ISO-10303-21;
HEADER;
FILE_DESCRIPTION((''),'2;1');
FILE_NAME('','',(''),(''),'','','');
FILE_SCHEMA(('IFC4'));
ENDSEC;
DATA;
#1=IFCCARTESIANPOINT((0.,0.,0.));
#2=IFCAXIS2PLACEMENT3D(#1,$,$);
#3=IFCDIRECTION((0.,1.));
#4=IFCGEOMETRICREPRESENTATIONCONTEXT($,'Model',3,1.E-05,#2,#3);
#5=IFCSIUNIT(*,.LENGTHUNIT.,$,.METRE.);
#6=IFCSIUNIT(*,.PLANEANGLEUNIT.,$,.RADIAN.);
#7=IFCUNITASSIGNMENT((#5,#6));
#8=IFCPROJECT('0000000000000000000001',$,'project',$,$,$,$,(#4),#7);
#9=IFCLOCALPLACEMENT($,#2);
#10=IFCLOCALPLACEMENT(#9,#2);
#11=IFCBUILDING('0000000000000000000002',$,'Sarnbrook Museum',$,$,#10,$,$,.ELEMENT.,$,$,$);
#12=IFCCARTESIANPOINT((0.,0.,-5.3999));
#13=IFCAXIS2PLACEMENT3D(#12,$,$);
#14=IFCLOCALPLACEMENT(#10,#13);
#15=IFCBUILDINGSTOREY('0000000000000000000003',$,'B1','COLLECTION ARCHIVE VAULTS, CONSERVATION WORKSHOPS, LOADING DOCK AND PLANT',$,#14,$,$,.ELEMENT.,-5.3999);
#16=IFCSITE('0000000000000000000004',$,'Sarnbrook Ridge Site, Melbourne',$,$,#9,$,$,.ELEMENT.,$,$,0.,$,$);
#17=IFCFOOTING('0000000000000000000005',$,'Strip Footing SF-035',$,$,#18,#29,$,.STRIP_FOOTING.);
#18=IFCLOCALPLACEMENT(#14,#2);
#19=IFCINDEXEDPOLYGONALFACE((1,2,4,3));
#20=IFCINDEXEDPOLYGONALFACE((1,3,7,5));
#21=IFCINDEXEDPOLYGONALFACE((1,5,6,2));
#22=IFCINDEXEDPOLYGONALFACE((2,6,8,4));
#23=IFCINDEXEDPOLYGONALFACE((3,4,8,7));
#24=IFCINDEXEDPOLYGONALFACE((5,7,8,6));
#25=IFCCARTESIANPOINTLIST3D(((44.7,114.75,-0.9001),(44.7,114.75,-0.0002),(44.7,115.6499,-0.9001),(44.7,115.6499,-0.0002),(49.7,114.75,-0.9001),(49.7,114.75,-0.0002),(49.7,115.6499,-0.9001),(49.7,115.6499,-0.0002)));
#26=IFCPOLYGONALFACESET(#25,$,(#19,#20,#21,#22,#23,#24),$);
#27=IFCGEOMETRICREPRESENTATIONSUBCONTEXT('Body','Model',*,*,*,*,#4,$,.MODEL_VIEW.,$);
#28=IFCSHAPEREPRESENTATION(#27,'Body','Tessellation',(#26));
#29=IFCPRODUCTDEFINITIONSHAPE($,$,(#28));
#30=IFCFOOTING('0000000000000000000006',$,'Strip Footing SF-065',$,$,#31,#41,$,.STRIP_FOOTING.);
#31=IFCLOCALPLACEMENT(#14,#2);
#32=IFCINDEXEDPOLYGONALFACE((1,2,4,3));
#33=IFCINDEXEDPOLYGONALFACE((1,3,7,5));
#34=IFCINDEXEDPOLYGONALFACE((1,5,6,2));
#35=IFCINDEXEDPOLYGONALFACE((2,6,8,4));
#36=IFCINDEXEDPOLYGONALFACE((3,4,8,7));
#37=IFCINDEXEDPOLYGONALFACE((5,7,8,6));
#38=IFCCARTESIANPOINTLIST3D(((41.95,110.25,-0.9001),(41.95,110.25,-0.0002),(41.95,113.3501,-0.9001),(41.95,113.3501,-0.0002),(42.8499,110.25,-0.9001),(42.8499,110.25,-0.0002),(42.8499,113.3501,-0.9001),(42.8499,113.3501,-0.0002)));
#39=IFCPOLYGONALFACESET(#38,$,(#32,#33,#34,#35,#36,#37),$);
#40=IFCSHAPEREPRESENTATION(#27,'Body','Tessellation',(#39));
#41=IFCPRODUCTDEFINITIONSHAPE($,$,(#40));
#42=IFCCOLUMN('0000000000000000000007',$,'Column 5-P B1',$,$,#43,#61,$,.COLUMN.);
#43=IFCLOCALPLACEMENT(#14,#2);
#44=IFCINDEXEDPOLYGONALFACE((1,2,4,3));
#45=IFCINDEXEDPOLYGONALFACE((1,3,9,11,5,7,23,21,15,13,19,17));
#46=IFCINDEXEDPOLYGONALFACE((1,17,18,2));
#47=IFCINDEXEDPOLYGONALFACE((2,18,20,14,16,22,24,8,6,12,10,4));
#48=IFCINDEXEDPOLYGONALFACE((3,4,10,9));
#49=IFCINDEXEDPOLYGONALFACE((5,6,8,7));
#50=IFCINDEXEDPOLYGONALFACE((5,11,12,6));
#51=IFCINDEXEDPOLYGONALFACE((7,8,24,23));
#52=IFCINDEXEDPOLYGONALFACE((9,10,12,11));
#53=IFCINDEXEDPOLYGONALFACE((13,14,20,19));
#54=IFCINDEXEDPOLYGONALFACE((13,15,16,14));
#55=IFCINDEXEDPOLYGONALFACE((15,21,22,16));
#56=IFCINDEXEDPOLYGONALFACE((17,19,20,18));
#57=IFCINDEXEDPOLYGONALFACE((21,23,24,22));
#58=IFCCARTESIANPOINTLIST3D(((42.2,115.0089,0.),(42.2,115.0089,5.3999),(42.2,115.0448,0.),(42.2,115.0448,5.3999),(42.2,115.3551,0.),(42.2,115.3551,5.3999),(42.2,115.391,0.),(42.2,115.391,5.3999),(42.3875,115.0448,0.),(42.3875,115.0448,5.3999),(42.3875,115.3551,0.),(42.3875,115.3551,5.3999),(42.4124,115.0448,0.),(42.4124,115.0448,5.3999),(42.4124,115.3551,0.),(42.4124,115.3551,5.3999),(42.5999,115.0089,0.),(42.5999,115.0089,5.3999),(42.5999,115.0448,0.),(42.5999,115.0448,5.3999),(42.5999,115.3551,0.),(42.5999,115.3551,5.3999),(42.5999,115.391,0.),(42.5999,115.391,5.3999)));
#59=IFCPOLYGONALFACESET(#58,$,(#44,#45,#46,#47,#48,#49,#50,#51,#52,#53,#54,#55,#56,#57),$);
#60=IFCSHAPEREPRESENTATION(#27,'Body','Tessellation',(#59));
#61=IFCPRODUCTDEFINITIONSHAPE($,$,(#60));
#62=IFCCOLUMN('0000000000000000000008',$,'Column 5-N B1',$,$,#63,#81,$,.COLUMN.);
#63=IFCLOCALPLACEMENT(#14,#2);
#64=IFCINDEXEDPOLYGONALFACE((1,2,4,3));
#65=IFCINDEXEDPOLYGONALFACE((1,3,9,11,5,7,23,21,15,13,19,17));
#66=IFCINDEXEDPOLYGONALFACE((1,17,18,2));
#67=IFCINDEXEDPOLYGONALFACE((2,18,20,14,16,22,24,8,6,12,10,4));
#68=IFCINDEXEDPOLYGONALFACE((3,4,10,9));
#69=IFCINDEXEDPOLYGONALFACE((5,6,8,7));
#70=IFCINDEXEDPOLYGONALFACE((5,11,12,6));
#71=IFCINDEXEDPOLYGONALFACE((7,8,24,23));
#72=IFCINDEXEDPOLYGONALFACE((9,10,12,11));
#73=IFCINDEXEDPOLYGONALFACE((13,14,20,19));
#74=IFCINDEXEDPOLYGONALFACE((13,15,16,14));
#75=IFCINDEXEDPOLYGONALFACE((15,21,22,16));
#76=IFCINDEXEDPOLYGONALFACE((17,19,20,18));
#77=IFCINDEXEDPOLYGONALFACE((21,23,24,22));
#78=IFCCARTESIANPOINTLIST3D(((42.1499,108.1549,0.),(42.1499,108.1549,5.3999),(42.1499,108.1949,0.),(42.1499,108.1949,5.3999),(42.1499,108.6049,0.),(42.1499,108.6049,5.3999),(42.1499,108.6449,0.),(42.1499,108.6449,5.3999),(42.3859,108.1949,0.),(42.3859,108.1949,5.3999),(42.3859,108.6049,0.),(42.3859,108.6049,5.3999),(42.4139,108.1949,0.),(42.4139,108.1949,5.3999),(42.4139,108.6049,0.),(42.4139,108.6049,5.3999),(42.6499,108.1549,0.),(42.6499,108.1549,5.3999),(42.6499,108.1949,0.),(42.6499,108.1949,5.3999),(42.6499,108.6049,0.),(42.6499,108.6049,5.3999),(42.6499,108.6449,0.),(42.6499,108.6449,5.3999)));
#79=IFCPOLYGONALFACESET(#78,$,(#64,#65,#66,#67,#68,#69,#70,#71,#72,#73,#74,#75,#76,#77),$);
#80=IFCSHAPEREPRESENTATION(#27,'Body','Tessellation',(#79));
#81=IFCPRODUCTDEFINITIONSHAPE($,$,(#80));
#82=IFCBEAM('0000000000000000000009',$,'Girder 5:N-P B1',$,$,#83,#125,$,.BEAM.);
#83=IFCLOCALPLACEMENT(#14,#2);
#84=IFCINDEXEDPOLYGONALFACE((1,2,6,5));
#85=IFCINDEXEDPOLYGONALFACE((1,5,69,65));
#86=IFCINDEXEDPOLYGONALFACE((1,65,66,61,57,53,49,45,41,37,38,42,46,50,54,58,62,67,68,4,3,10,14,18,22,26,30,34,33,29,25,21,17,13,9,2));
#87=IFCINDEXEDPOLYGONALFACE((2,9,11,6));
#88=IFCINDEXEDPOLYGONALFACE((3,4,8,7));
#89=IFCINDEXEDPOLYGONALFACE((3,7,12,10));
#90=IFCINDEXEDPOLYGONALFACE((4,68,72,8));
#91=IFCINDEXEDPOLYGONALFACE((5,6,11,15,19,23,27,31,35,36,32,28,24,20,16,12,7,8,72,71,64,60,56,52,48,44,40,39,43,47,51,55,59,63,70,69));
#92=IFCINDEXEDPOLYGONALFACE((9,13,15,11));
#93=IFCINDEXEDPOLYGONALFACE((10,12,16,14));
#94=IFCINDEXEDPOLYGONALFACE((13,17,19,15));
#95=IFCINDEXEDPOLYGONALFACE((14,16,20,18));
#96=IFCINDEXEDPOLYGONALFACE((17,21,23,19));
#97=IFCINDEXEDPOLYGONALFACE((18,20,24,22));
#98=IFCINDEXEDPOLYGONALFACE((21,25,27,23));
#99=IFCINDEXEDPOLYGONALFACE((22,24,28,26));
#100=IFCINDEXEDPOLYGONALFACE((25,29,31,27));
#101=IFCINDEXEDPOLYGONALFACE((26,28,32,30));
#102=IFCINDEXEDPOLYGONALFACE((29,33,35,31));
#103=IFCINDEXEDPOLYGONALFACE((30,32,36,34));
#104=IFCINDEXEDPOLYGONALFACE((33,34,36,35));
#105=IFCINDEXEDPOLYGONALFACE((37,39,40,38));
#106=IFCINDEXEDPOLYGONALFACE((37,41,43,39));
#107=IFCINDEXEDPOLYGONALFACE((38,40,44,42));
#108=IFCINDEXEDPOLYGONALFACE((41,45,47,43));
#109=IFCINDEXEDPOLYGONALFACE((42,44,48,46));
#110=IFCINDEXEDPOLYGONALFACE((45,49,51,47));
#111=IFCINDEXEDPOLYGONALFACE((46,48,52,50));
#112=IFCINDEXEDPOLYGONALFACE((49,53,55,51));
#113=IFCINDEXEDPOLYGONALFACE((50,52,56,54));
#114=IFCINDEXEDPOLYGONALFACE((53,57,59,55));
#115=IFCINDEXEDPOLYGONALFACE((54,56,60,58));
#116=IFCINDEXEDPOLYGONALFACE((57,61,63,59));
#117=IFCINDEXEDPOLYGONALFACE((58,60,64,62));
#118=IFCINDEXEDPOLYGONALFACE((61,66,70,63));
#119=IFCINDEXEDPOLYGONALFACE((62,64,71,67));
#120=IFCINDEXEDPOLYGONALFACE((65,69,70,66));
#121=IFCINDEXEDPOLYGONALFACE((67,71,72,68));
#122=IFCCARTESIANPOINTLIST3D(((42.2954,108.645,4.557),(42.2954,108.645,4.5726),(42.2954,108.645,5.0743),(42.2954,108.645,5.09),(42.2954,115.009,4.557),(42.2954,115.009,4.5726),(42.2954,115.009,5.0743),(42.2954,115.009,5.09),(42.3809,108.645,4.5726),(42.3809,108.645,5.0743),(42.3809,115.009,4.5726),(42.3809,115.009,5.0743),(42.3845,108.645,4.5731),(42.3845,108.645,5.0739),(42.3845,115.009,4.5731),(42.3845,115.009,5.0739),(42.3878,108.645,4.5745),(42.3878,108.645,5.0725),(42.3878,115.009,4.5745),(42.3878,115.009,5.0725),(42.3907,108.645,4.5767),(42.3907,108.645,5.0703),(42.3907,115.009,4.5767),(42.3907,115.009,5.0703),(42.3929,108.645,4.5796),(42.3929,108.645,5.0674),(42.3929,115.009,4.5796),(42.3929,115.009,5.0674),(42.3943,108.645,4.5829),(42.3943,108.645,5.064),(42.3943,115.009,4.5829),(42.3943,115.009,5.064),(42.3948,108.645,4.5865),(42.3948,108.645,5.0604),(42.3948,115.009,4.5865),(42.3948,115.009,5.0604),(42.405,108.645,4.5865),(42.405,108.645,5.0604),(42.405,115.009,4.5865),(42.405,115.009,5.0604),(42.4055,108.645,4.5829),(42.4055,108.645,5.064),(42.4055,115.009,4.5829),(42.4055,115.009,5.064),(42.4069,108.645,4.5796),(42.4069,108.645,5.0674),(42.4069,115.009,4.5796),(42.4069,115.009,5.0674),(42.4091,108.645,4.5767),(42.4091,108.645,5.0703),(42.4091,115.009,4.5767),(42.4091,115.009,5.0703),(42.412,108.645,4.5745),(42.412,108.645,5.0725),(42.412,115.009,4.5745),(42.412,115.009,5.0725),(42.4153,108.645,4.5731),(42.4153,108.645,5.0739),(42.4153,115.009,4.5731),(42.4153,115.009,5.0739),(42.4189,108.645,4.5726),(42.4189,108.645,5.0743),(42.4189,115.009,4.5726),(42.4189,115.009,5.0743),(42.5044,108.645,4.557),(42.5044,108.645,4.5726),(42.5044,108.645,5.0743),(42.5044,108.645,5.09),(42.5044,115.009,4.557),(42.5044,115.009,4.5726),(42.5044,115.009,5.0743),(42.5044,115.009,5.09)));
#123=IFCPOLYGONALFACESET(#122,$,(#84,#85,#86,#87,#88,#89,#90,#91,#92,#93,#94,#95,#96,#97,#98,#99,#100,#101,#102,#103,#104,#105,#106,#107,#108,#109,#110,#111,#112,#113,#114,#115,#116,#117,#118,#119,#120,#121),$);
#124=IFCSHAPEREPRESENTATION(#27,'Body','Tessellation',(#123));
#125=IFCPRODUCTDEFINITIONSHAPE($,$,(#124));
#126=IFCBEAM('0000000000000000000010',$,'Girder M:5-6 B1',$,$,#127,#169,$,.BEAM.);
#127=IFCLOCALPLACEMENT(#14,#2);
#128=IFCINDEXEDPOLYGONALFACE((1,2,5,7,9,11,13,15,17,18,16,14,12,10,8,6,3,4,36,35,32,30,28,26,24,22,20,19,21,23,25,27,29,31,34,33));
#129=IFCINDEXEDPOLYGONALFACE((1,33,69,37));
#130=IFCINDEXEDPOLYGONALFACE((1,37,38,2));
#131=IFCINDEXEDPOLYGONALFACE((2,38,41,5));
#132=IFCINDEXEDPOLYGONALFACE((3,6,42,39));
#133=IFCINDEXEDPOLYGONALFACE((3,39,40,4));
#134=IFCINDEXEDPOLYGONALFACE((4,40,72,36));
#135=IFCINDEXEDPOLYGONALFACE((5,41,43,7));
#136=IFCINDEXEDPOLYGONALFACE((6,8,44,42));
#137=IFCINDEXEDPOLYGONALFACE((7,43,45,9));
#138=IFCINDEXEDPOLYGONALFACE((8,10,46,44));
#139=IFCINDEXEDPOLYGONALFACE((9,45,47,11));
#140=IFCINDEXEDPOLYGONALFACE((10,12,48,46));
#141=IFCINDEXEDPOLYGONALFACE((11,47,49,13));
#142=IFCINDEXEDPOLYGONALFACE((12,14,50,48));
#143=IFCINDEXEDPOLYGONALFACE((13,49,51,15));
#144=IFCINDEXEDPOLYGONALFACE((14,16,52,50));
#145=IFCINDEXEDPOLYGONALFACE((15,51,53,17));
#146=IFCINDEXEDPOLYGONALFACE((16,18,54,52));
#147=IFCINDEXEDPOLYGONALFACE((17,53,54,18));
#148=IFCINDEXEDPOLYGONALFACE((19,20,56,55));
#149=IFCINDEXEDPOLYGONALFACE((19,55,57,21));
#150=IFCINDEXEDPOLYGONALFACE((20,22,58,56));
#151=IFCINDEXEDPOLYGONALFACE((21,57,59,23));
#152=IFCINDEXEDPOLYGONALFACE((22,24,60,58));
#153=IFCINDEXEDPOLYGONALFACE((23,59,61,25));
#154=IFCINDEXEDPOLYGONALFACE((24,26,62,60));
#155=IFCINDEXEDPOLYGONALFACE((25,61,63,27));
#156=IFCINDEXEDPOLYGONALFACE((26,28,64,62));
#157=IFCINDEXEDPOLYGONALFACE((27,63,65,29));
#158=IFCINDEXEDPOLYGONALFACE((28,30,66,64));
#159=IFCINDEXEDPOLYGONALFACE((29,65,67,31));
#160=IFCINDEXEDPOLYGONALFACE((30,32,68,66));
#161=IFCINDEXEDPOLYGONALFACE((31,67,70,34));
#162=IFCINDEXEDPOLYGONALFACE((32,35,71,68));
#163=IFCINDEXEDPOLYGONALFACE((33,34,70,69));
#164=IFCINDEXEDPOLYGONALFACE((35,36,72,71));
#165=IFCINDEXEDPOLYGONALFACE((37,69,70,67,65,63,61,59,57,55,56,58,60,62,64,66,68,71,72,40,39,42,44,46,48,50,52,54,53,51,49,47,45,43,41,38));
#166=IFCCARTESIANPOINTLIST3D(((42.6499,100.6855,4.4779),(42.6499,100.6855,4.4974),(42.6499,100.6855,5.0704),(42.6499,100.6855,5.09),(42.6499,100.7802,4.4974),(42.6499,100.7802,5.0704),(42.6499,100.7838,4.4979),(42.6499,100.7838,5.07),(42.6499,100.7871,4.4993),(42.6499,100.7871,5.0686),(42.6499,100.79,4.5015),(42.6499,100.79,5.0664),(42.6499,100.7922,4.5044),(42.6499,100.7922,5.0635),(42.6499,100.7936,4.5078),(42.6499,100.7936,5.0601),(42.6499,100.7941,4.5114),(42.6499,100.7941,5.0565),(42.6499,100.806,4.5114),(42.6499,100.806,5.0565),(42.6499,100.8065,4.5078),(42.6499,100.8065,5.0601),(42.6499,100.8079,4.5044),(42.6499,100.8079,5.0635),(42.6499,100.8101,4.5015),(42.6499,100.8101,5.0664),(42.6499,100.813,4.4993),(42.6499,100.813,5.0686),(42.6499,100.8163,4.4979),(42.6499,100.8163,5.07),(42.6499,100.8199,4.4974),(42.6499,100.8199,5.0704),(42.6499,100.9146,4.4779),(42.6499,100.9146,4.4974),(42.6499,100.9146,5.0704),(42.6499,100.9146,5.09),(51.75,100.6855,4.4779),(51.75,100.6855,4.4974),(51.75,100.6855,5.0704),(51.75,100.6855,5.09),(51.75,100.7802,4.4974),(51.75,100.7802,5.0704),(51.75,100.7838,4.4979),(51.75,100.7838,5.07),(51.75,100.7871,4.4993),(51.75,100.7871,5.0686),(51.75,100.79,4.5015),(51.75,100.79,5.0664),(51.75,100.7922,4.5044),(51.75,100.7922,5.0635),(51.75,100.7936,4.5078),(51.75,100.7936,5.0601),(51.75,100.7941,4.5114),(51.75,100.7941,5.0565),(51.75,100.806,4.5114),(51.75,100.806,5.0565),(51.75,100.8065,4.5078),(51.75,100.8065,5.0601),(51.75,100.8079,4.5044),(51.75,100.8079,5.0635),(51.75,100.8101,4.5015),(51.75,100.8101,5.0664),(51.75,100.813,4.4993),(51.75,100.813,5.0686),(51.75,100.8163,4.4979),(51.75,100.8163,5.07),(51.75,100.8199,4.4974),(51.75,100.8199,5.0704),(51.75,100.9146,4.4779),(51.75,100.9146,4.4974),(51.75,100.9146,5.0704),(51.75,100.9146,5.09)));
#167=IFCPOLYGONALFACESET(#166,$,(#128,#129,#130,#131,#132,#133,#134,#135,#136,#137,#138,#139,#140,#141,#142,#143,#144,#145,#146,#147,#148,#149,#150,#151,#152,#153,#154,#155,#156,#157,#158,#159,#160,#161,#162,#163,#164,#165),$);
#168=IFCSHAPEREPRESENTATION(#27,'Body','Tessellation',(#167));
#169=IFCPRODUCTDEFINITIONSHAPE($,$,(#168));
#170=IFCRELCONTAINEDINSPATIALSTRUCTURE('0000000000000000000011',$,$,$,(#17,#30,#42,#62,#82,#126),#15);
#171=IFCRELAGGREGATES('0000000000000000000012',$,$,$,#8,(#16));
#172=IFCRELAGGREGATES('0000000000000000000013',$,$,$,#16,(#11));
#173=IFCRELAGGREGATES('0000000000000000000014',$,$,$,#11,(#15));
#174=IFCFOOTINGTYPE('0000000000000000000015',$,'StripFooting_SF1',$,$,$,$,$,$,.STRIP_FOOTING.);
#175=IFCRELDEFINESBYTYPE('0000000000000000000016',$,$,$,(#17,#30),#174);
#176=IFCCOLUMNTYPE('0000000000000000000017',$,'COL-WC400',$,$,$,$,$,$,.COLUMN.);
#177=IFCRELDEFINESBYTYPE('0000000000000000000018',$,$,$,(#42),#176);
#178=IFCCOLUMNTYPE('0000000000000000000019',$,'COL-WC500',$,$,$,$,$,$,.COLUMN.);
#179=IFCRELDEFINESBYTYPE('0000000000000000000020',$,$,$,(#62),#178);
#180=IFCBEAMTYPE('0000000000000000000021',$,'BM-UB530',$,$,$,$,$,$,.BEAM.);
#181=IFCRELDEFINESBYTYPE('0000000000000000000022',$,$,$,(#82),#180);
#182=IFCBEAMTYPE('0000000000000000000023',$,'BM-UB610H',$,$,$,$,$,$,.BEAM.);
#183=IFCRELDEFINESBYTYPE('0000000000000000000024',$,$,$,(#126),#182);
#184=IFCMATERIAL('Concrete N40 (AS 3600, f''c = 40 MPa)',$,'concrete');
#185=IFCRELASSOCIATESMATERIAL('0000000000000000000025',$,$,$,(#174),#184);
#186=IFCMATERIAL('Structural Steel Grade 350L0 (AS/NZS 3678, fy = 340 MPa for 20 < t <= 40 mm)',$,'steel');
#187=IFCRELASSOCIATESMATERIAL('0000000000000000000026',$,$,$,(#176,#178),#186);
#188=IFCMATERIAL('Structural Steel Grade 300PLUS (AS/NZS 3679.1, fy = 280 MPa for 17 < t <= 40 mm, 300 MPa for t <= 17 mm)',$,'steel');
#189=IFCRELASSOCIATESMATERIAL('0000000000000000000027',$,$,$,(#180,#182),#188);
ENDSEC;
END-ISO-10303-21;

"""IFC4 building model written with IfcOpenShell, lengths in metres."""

from ifc_helpers import new_model, si_unit, direction, frame, origin, origin_2d, place, context, subcontext, project, spatial, rectangle, i_section, extrude, material, material_profile, profile_set, type_object, element, save


model = new_model("IFC4")

# Units and contexts
model_context = context("Model", 3, precision=1e-05, world=origin(), true_north=direction((0.0, 1.0)))
body_context = subcontext(model_context, "Body", "Model", "MODEL_VIEW")
ifc_project = project(units=[si_unit("LENGTHUNIT", "METRE"), si_unit("PLANEANGLEUNIT", "RADIAN")], contexts=[model_context])

# Site, building, storey
site_placement = place(None, origin())
site = spatial("IfcSite", under=ifc_project, at=site_placement, Name="Sarnbrook Ridge Site, Melbourne", CompositionType="ELEMENT", RefElevation=0.0)
building_placement = place(site_placement, origin())
building = spatial("IfcBuilding", under=site, at=building_placement, Name="Sarnbrook Museum", CompositionType="ELEMENT")
storey_placement = place(building_placement, frame((0.0, 0.0, -5.3999)))
storey = spatial("IfcBuildingStorey", under=building, at=storey_placement, Name="B1", Description="COLLECTION ARCHIVE VAULTS, CONSERVATION WORKSHOPS, LOADING DOCK AND PLANT", CompositionType="ELEMENT", Elevation=-5.3999)

# Footings
ifc_material_1 = material(Name="Concrete N40 (AS 3600, f'c = 40 MPa)", Category="concrete")
footing_type_1 = type_object("IfcFootingType", Name="StripFooting_SF1", PredefinedType="STRIP_FOOTING", material=ifc_material_1)
footing_1_placement = place(storey_placement, frame((47.2, 115.2, -0.9001), z_axis=(0.0, 0.0, 1.0), x_axis=(1.0, 0.0, 0.0)))
element("IfcFooting", 1, at=footing_1_placement, inside=storey, type_object=footing_type_1, Name="Strip Footing SF-035", PredefinedType="STRIP_FOOTING", context=body_context, shape_type="SweptSolid", body=[
    extrude(rectangle(XDim=5.0, YDim=0.8999, at=origin_2d()), origin(), (0.0, 0.0, 1.0), 0.8999),
])
footing_2_placement = place(storey_placement, frame((42.3999, 111.8, -0.9001), z_axis=(0.0, 0.0, 1.0), x_axis=(1.0, 0.0, 0.0)))
element("IfcFooting", 2, at=footing_2_placement, inside=storey, type_object=footing_type_1, Name="Strip Footing SF-065", PredefinedType="STRIP_FOOTING", context=body_context, shape_type="SweptSolid", body=[
    extrude(rectangle(XDim=0.8999, YDim=3.1001, at=origin_2d()), origin(), (0.0, 0.0, 1.0), 0.8999),
])

# Columns
ifc_material_2 = material(Name="Structural Steel Grade 350L0 (AS/NZS 3678, fy = 340 MPa for 20 < t <= 40 mm)", Category="steel")
ifc_material_profile_1 = material_profile(ifc_material_2, i_section(OverallWidth=0.3999, OverallDepth=0.3821, WebThickness=0.0249, FlangeThickness=0.0359, at=origin_2d()), Name="400WC270")
ifc_profile_set_1 = profile_set([ifc_material_profile_1], Name="Structural Steel Grade 350L0 (AS/NZS 3678, fy = 340 MPa for 20 < t <= 40 mm)")
column_type_1 = type_object("IfcColumnType", Name="COL-WC400", PredefinedType="COLUMN", material=ifc_profile_set_1)
column_1_placement = place(storey_placement, frame((42.3999, 115.2, 0.0), z_axis=(0.0, 0.0, 1.0), x_axis=(1.0, 0.0, 0.0)))
element("IfcColumn", 3, at=column_1_placement, inside=storey, type_object=column_type_1, Name="Column 5-P B1", PredefinedType="COLUMN", context=body_context, shape_type="SweptSolid", body=[
    extrude(i_section(OverallWidth=0.3999, OverallDepth=0.3821, WebThickness=0.0249, FlangeThickness=0.0359, at=origin_2d()), origin(), (0.0, 0.0, 1.0), 5.3999),
])
ifc_material_profile_2 = material_profile(ifc_material_2, i_section(OverallWidth=0.5, OverallDepth=0.49, WebThickness=0.0281, FlangeThickness=0.04, at=origin_2d()), Name="500WC340")
ifc_profile_set_2 = profile_set([ifc_material_profile_2], Name="Structural Steel Grade 350L0 (AS/NZS 3678, fy = 340 MPa for 20 < t <= 40 mm)")
column_type_2 = type_object("IfcColumnType", Name="COL-WC500", PredefinedType="COLUMN", material=ifc_profile_set_2)
column_2_placement = place(storey_placement, frame((42.3999, 108.3999, 0.0), z_axis=(0.0, 0.0, 1.0), x_axis=(1.0, 0.0, 0.0)))
element("IfcColumn", 4, at=column_2_placement, inside=storey, type_object=column_type_2, Name="Column 5-N B1", PredefinedType="COLUMN", context=body_context, shape_type="SweptSolid", body=[
    extrude(i_section(OverallWidth=0.5, OverallDepth=0.49, WebThickness=0.0281, FlangeThickness=0.04, at=origin_2d()), origin(), (0.0, 0.0, 1.0), 5.3999),
])

# Beams
ifc_material_3 = material(Name="Structural Steel Grade 300PLUS (AS/NZS 3679.1, fy = 280 MPa for 17 < t <= 40 mm, 300 MPa for t <= 17 mm)", Category="steel")
ifc_material_profile_3 = material_profile(ifc_material_3, i_section(OverallWidth=0.209, OverallDepth=0.533, WebThickness=0.0103, FlangeThickness=0.0156, FilletRadius=0.0139, at=origin_2d()), Name="530UB92.4")
ifc_profile_set_3 = profile_set([ifc_material_profile_3], Name="Structural Steel Grade 300PLUS (AS/NZS 3679.1, fy = 280 MPa for 17 < t <= 40 mm, 300 MPa for t <= 17 mm)")
beam_type_1 = type_object("IfcBeamType", Name="BM-UB530", PredefinedType="BEAM", material=ifc_profile_set_3)
beam_1_placement = place(storey_placement, frame((42.3999, 108.645, 4.8235), z_axis=(0.0, 1.0, 0.0), x_axis=(-1.0, 0.0, 0.0)))
element("IfcBeam", 5, at=beam_1_placement, inside=storey, type_object=beam_type_1, Name="Girder 5:N-P B1", PredefinedType="BEAM", context=body_context, shape_type="SweptSolid", body=[
    extrude(i_section(OverallWidth=0.209, OverallDepth=0.533, WebThickness=0.0103, FlangeThickness=0.0156, FilletRadius=0.0139, at=origin_2d()), origin(), (0.0, 0.0, 1.0), 6.364),
])
ifc_material_profile_4 = material_profile(ifc_material_3, i_section(OverallWidth=0.229, OverallDepth=0.6121, WebThickness=0.012, FlangeThickness=0.0195, FilletRadius=0.0139, at=origin_2d()), Name="610UB125")
ifc_profile_set_4 = profile_set([ifc_material_profile_4], Name="Structural Steel Grade 300PLUS (AS/NZS 3679.1, fy = 280 MPa for 17 < t <= 40 mm, 300 MPa for t <= 17 mm)")
beam_type_2 = type_object("IfcBeamType", Name="BM-UB610H", PredefinedType="BEAM", material=ifc_profile_set_4)
for number, where, z_axis, x_axis, name in (
    (6, (42.6499, 100.8, 4.7839), (1.0, 0.0, 0.0), (0.0, 1.0, 0.0), "Girder M:5-6 B1"),
):
    element("IfcBeam", number, at=place(storey_placement, frame(where, z_axis=z_axis, x_axis=x_axis)), inside=storey, type_object=beam_type_2, Name=name, PredefinedType="BEAM", context=body_context, shape_type="SweptSolid", body=[
        extrude(i_section(OverallWidth=0.229, OverallDepth=0.6121, WebThickness=0.012, FlangeThickness=0.0195, FilletRadius=0.0139, at=origin_2d()), origin(), (0.0, 0.0, 1.0), 9.1001),
    ])

save(model, "model.ifc")
